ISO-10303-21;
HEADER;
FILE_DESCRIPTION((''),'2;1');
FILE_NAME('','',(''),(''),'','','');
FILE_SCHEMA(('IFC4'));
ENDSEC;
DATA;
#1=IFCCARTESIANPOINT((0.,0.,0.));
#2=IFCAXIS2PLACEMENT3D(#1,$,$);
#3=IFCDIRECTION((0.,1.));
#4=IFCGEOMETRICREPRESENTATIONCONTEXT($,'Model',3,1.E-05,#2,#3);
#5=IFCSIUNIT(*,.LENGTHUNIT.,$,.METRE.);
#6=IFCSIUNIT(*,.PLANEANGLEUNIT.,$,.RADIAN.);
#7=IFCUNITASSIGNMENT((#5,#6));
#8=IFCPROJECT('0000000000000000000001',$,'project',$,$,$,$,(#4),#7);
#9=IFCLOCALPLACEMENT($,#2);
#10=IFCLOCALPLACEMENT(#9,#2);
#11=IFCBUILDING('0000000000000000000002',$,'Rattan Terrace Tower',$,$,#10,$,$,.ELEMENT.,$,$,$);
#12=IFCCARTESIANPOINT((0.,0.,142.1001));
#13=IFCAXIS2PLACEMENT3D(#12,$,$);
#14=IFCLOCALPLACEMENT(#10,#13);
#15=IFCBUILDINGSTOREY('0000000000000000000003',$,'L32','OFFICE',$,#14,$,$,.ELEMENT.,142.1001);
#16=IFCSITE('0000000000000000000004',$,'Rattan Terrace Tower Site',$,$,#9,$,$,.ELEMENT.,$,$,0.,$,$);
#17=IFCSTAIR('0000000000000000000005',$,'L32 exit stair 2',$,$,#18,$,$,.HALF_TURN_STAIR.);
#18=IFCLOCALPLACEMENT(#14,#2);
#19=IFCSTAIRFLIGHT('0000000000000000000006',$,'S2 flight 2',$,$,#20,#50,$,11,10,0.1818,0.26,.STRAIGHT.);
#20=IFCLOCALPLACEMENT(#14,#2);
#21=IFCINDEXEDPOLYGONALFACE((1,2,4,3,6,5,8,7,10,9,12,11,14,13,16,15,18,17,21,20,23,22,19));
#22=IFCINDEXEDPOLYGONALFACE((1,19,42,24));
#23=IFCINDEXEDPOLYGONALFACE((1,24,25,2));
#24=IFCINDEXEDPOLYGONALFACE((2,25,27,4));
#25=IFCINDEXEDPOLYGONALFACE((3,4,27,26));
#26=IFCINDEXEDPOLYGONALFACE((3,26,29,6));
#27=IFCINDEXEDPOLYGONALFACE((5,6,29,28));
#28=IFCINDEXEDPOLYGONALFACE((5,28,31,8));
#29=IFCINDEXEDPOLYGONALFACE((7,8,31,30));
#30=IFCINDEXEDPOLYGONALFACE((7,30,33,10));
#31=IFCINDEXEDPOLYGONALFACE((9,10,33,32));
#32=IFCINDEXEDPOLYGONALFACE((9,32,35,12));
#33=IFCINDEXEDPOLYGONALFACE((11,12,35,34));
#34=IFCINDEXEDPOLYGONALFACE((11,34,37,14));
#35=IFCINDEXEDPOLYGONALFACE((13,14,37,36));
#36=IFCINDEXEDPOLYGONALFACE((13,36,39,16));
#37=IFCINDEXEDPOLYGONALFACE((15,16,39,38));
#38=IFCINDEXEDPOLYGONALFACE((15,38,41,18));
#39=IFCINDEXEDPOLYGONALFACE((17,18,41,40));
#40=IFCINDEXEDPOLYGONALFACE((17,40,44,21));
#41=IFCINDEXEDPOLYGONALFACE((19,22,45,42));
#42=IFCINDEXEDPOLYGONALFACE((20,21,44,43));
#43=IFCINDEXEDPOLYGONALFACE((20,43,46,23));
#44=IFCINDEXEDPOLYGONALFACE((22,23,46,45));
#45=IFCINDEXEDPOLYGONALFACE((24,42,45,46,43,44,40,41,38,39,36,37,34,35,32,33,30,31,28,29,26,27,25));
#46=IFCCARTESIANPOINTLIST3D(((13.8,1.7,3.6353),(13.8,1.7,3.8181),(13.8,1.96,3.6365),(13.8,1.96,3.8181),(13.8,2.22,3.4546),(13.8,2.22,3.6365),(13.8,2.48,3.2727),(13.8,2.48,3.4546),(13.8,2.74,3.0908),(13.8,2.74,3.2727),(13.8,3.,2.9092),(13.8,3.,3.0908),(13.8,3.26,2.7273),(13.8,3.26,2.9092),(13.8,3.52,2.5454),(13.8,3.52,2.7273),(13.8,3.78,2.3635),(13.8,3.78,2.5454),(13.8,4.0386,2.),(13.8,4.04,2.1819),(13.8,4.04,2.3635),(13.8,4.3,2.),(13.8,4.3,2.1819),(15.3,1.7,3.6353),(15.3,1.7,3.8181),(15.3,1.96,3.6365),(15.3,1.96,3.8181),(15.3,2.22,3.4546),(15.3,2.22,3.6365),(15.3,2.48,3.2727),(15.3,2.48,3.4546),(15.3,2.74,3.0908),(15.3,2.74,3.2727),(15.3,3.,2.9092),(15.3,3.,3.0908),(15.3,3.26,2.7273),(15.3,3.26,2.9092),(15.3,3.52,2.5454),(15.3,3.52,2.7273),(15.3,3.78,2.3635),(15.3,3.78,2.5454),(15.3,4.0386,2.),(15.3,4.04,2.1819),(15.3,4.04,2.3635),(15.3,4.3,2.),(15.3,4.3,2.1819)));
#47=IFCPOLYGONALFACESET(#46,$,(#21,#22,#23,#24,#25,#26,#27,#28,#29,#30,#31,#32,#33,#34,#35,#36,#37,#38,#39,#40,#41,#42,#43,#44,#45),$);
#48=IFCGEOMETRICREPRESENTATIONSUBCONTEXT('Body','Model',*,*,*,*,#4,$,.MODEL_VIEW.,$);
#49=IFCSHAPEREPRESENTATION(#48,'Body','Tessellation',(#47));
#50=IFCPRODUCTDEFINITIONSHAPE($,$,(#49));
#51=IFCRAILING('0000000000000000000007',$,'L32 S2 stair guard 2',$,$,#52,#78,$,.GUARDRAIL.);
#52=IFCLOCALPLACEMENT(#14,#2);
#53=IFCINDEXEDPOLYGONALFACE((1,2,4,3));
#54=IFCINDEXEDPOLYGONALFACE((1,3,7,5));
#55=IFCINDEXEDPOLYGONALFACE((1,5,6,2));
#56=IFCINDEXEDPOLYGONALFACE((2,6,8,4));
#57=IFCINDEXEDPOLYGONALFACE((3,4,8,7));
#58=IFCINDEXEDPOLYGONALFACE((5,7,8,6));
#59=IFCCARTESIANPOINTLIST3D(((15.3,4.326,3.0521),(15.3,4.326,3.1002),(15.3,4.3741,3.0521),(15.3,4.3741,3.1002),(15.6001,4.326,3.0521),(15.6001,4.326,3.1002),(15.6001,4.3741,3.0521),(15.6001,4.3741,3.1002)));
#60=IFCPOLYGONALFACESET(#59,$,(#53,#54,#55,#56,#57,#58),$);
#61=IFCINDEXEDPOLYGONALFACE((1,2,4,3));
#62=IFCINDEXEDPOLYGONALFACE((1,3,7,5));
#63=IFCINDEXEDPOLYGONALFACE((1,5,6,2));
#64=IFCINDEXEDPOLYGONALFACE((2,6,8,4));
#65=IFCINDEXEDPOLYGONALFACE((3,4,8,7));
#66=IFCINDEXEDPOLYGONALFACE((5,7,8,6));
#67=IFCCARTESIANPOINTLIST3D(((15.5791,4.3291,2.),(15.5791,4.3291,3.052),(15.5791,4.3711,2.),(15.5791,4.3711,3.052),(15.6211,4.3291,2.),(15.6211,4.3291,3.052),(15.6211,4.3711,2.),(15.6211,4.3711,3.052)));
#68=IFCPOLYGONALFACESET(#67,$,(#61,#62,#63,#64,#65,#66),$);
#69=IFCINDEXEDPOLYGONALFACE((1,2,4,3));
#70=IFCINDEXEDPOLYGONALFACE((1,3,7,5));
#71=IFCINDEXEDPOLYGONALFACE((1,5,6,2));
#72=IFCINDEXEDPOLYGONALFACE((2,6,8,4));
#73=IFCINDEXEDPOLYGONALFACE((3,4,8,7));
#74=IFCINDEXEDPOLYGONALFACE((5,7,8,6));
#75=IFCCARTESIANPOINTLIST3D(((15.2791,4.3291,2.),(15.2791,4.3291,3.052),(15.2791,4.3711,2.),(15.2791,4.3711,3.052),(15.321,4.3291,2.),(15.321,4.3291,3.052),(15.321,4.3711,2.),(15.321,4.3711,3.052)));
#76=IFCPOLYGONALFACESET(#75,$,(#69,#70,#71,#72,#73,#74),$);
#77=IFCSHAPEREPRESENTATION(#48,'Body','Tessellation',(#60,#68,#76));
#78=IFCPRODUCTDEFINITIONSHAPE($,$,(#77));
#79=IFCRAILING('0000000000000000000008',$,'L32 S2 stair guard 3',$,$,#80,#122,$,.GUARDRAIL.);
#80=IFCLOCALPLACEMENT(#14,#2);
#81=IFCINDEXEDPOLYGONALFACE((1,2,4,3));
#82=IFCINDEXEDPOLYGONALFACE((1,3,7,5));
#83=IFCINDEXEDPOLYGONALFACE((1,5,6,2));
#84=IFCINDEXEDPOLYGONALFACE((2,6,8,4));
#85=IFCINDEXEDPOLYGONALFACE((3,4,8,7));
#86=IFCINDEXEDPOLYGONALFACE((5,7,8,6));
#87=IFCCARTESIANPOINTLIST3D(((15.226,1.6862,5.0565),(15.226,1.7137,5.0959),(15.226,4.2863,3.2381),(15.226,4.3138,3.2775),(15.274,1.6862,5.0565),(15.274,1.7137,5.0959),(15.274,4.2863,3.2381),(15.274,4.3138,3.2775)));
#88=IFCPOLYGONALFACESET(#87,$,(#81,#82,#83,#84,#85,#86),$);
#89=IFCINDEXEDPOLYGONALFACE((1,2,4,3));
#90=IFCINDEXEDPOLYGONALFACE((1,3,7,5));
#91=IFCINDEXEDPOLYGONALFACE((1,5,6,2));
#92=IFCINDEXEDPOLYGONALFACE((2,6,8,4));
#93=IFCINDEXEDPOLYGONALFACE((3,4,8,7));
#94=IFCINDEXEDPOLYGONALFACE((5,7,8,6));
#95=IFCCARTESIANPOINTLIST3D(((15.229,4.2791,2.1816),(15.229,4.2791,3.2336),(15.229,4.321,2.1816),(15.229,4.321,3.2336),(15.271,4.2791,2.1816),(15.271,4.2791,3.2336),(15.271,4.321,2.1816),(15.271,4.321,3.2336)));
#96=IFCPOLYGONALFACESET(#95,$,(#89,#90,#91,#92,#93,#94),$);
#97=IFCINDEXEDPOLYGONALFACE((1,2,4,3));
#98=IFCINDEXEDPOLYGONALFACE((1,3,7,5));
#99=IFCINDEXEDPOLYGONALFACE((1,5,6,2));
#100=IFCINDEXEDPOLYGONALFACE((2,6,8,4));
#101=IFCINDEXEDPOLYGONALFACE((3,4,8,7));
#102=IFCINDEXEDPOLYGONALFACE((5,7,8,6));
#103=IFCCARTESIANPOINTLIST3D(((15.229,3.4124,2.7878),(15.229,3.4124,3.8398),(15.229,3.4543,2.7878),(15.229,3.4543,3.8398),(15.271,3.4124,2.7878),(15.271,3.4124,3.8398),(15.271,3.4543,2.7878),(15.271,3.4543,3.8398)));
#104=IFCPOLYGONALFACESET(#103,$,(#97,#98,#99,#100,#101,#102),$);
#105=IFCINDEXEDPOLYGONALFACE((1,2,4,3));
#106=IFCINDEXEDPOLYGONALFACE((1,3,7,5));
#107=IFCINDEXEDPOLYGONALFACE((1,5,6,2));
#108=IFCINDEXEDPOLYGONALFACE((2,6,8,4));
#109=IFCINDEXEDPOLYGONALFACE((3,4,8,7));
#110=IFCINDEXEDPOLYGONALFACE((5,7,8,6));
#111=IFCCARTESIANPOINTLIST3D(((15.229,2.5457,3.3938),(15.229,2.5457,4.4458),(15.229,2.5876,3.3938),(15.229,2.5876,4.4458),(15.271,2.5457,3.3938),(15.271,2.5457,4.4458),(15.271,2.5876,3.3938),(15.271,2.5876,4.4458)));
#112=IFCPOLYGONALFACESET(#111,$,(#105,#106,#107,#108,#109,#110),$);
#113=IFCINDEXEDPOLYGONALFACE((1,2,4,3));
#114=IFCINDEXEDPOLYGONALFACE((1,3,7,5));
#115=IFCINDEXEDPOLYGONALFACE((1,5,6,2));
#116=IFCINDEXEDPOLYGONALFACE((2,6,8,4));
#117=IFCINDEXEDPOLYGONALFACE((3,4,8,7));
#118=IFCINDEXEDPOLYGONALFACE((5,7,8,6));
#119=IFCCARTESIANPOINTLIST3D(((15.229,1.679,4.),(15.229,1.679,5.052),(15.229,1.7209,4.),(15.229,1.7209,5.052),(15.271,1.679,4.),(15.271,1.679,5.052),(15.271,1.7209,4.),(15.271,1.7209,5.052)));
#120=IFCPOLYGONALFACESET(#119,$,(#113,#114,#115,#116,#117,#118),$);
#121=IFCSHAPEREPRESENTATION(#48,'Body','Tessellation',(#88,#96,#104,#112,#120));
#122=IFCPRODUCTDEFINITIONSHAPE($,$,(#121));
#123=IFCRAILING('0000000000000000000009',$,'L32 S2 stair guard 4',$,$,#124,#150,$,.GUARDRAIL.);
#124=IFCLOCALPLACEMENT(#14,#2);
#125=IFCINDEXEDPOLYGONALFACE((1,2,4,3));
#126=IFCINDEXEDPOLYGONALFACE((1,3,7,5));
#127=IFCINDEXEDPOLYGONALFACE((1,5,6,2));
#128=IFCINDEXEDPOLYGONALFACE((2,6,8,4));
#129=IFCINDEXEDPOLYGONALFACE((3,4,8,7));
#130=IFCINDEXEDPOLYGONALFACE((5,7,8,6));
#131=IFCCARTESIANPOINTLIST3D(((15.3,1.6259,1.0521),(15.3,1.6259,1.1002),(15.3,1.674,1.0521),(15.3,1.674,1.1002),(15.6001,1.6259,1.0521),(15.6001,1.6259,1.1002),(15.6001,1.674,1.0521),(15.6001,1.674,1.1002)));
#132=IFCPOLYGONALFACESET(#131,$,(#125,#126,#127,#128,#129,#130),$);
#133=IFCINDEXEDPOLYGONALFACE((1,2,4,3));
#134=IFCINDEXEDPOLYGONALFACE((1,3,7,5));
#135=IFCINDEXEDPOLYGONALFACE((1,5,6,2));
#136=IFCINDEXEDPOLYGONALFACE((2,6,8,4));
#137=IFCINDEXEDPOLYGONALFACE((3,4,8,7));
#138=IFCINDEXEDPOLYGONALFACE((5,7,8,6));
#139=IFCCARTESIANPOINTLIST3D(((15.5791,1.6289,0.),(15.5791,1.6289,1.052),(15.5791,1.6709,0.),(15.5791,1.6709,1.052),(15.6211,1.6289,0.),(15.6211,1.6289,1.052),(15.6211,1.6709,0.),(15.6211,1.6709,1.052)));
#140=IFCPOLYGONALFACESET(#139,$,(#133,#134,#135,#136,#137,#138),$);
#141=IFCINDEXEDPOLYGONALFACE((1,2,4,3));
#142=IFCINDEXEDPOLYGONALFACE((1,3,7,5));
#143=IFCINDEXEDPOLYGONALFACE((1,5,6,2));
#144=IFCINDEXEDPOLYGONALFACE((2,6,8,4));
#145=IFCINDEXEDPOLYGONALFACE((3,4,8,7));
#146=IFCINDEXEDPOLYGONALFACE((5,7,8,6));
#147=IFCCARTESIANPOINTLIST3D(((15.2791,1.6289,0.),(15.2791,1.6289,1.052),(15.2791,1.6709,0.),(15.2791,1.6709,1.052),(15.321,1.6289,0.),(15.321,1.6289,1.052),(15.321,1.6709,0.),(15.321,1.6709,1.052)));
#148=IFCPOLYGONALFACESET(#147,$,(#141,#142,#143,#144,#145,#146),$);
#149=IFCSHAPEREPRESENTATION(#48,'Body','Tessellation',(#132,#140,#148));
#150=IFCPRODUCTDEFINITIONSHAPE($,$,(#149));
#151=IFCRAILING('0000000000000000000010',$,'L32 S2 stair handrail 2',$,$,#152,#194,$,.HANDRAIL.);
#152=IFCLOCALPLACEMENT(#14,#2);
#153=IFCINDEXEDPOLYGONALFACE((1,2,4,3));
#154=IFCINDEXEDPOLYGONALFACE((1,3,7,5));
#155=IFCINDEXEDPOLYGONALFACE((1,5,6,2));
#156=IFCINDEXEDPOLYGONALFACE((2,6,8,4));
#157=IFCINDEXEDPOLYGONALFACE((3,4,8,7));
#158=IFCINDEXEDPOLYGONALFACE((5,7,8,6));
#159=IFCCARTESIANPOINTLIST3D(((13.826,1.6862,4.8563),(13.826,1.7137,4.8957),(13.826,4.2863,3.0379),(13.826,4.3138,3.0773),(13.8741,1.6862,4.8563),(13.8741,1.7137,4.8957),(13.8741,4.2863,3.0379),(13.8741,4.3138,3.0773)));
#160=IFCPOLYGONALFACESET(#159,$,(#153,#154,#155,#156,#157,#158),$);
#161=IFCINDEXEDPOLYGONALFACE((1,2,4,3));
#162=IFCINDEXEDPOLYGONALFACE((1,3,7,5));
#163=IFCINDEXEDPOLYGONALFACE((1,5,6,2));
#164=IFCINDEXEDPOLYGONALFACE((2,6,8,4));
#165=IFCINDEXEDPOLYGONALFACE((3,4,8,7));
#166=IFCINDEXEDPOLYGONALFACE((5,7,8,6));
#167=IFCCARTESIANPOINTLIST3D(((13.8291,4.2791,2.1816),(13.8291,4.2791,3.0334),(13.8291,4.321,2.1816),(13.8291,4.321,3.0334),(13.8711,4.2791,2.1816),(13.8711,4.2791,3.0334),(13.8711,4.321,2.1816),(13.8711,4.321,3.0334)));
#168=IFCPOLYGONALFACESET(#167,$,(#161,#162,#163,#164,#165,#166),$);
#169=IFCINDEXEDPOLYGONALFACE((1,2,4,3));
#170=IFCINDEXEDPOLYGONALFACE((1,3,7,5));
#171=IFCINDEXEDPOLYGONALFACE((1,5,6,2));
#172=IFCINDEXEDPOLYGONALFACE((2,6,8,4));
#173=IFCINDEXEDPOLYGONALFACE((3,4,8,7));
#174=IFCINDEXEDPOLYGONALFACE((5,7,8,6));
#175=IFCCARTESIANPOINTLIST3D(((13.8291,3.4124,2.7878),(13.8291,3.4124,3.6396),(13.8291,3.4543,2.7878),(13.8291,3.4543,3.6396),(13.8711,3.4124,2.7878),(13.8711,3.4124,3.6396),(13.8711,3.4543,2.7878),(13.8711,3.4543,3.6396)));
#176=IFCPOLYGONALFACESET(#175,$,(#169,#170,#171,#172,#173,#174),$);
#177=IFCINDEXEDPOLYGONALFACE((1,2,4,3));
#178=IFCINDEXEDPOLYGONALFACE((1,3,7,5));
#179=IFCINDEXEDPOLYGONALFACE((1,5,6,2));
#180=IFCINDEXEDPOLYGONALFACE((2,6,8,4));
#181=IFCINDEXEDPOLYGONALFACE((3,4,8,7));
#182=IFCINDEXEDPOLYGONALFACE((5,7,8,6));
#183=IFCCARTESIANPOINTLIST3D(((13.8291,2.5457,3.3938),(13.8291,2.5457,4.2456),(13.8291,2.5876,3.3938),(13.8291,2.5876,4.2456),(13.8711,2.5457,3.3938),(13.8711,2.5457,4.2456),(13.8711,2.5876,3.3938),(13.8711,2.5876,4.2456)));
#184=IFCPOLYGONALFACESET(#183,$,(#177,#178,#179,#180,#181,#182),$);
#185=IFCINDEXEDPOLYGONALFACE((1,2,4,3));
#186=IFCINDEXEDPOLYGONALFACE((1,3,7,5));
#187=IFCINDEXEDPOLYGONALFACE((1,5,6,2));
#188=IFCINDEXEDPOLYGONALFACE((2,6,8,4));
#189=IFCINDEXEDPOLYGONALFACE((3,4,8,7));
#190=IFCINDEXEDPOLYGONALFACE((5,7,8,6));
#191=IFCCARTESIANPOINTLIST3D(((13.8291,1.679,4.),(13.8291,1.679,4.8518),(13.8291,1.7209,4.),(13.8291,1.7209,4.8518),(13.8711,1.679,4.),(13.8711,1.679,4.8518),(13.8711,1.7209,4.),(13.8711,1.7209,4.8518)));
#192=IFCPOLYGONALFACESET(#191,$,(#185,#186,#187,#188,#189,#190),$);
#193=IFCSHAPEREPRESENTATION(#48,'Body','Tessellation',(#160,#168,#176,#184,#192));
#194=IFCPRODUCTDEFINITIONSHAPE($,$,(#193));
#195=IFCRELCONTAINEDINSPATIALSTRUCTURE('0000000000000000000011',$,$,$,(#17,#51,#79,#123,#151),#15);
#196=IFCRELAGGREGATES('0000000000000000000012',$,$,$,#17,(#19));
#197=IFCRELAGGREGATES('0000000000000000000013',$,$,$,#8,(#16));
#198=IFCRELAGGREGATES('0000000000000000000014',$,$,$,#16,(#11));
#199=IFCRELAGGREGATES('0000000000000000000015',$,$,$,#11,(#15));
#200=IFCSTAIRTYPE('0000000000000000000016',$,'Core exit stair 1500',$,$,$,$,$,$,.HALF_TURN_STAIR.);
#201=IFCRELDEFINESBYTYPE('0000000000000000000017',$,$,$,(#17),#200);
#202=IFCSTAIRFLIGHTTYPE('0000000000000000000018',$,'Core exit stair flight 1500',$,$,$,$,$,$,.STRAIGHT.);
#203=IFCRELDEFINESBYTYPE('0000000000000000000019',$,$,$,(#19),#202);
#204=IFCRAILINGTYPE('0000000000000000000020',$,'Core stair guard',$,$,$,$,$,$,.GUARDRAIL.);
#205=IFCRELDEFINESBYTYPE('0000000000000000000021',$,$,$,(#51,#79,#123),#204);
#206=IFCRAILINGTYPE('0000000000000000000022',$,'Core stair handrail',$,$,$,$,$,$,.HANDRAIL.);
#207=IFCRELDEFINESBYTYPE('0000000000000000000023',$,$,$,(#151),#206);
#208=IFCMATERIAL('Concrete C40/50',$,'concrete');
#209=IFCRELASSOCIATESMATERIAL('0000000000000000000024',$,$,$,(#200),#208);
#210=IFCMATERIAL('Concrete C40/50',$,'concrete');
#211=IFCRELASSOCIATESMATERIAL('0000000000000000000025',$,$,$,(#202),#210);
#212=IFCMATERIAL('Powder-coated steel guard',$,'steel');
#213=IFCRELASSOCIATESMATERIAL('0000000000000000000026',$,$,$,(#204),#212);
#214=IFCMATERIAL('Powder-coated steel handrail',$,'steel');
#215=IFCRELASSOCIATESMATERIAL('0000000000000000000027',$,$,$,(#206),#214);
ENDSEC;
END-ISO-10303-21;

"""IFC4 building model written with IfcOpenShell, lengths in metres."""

from ifc_helpers import new_model, si_unit, direction, frame, origin, origin_2d, place, context, subcontext, project, spatial, polyline, rectangle, outline, extrude, material, type_object, element, aggregate, save


model = new_model("IFC4")

# Units and contexts
model_context = context("Model", 3, precision=1e-05, world=origin(), true_north=direction((0.0, 1.0)))
body_context = subcontext(model_context, "Body", "Model", "MODEL_VIEW")
ifc_project = project(units=[si_unit("LENGTHUNIT", "METRE"), si_unit("PLANEANGLEUNIT", "RADIAN")], contexts=[model_context])

# Site, building, storey
site_placement = place(None, origin())
site = spatial("IfcSite", under=ifc_project, at=site_placement, Name="Rattan Terrace Tower Site", CompositionType="ELEMENT", RefElevation=0.0)
building_placement = place(site_placement, origin())
building = spatial("IfcBuilding", under=site, at=building_placement, Name="Rattan Terrace Tower", CompositionType="ELEMENT")
storey_placement = place(building_placement, frame((0.0, 0.0, 142.1001)))
storey = spatial("IfcBuildingStorey", under=building, at=storey_placement, Name="L32", Description="OFFICE", CompositionType="ELEMENT", Elevation=142.1001)

# Stair, stair flight
ifc_material_1 = material(Name="Concrete C40/50", Category="concrete")
stair_type = type_object("IfcStairType", Name="Core exit stair 1500", PredefinedType="HALF_TURN_STAIR", material=ifc_material_1)
stair_placement = place(storey_placement, origin())
stair = element("IfcStair", 1, at=stair_placement, inside=storey, type_object=stair_type, Name="L32 exit stair 2", PredefinedType="HALF_TURN_STAIR")
ifc_material_2 = material(Name="Concrete C40/50", Category="concrete")
stair_flight_type = type_object("IfcStairFlightType", Name="Core exit stair flight 1500", PredefinedType="STRAIGHT", material=ifc_material_2)
stair_flight_placement = place(storey_placement, frame((14.55, 4.3, 2.0), z_axis=(0.0, 0.0, 1.0), x_axis=(0.0, -1.0, 0.0)))
stair_flight = element("IfcStairFlight", 2, at=stair_flight_placement, type_object=stair_flight_type, Name="S2 flight 2", NumberOfRisers=11, NumberOfTreads=10, PredefinedType="STRAIGHT", RiserHeight=0.1818, TreadLength=0.26, context=body_context, shape_type="SweptSolid", body=[
    extrude(outline(polyline([(0.0, 0.0), (0.0, 0.1819), (0.26, 0.1819), (0.26, 0.3635), (0.52, 0.3635), (0.52, 0.5454), (0.78, 0.5454), (0.78, 0.7273), (1.04, 0.7273), (1.04, 0.9092), (1.3, 0.9092), (1.3, 1.0908), (1.5601, 1.0908), (1.5601, 1.2727), (1.8201, 1.2727), (1.8201, 1.4546), (2.0801, 1.4546), (2.0801, 1.6365), (2.3401, 1.6365), (2.3401, 1.8181), (2.6001, 1.8181), (2.6001, 2.0), (2.6001, 1.6353), (0.2615, 0.0), (0.0, 0.0)])), frame((0.0, 0.75, 0.0), z_axis=(0.0, -1.0, 0.0), x_axis=(1.0, 0.0, 0.0)), (0.0, 0.0, 1.0), 1.5),
])
aggregate(stair, [stair_flight])

# Railings
ifc_material_3 = material(Name="Powder-coated steel guard", Category="steel")
railing_type_1 = type_object("IfcRailingType", Name="Core stair guard", PredefinedType="GUARDRAIL", material=ifc_material_3)
railing_1_placement = place(storey_placement, frame((15.6001, 4.3501, 2.0)))
element("IfcRailing", 3, at=railing_1_placement, inside=storey, type_object=railing_type_1, Name="L32 S2 stair guard 2", PredefinedType="GUARDRAIL", context=body_context, shape_type="SweptSolid", body=[
    extrude(rectangle(XDim=0.0481, YDim=0.0481, at=origin_2d()), frame((0.0, 0.0, 1.0762), z_axis=(-1.0, 0.0, 0.0), x_axis=(0.0, -1.0, 0.0)), (0.0, 0.0, 1.0), 0.3),
    extrude(rectangle(XDim=0.042, YDim=0.042, at=origin_2d()), origin(), (0.0, 0.0, 1.0), 1.052),
    extrude(rectangle(XDim=0.042, YDim=0.042, at=origin_2d()), frame((-0.3, 0.0, 0.0)), (0.0, 0.0, 1.0), 1.052),
])
railing_2_placement = place(storey_placement, frame((15.25, 4.3, 2.1816)))
element("IfcRailing", 4, at=railing_2_placement, inside=storey, type_object=railing_type_1, Name="L32 S2 stair guard 3", PredefinedType="GUARDRAIL", context=body_context, shape_type="SweptSolid", body=[
    extrude(rectangle(XDim=0.0481, YDim=0.0481, at=origin_2d()), frame((0.0, 0.0, 1.0762), z_axis=(0.0, -0.819485, 0.573101), x_axis=(1.0, 0.0, 0.0)), (0.0, 0.0, 1.0), 3.1729),
    extrude(rectangle(XDim=0.042, YDim=0.042, at=origin_2d()), origin(), (0.0, 0.0, 1.0), 1.052),
    extrude(rectangle(XDim=0.042, YDim=0.042, at=origin_2d()), frame((0.0, -0.8667, 0.6062)), (0.0, 0.0, 1.0), 1.052),
    extrude(rectangle(XDim=0.042, YDim=0.042, at=origin_2d()), frame((0.0, -1.7334, 1.2122)), (0.0, 0.0, 1.0), 1.052),
    extrude(rectangle(XDim=0.042, YDim=0.042, at=origin_2d()), frame((0.0, -2.6001, 1.8184)), (0.0, 0.0, 1.0), 1.052),
])
railing_3_placement = place(storey_placement, frame((15.6001, 1.6499, 0.0)))
element("IfcRailing", 5, at=railing_3_placement, inside=storey, type_object=railing_type_1, Name="L32 S2 stair guard 4", PredefinedType="GUARDRAIL", context=body_context, shape_type="SweptSolid", body=[
    extrude(rectangle(XDim=0.0481, YDim=0.0481, at=origin_2d()), frame((0.0, 0.0, 1.0762), z_axis=(-1.0, 0.0, 0.0), x_axis=(0.0, -1.0, 0.0)), (0.0, 0.0, 1.0), 0.3),
    extrude(rectangle(XDim=0.042, YDim=0.042, at=origin_2d()), origin(), (0.0, 0.0, 1.0), 1.052),
    extrude(rectangle(XDim=0.042, YDim=0.042, at=origin_2d()), frame((-0.3, 0.0, 0.0)), (0.0, 0.0, 1.0), 1.052),
])
ifc_material_4 = material(Name="Powder-coated steel handrail", Category="steel")
railing_type_2 = type_object("IfcRailingType", Name="Core stair handrail", PredefinedType="HANDRAIL", material=ifc_material_4)
railing_4_placement = place(storey_placement, frame((13.8501, 4.3, 2.1816)))
element("IfcRailing", 6, at=railing_4_placement, inside=storey, type_object=railing_type_2, Name="L32 S2 stair handrail 2", PredefinedType="HANDRAIL", context=body_context, shape_type="SweptSolid", body=[
    extrude(rectangle(XDim=0.0481, YDim=0.0481, at=origin_2d()), frame((0.0, 0.0, 0.876), z_axis=(0.0, -0.819485, 0.573101), x_axis=(1.0, 0.0, 0.0)), (0.0, 0.0, 1.0), 3.1729),
    extrude(rectangle(XDim=0.042, YDim=0.042, at=origin_2d()), origin(), (0.0, 0.0, 1.0), 0.8518),
    extrude(rectangle(XDim=0.042, YDim=0.042, at=origin_2d()), frame((0.0, -0.8667, 0.6062)), (0.0, 0.0, 1.0), 0.8518),
    extrude(rectangle(XDim=0.042, YDim=0.042, at=origin_2d()), frame((0.0, -1.7334, 1.2122)), (0.0, 0.0, 1.0), 0.8518),
    extrude(rectangle(XDim=0.042, YDim=0.042, at=origin_2d()), frame((0.0, -2.6001, 1.8184)), (0.0, 0.0, 1.0), 0.8518),
])

save(model, "model.ifc")
